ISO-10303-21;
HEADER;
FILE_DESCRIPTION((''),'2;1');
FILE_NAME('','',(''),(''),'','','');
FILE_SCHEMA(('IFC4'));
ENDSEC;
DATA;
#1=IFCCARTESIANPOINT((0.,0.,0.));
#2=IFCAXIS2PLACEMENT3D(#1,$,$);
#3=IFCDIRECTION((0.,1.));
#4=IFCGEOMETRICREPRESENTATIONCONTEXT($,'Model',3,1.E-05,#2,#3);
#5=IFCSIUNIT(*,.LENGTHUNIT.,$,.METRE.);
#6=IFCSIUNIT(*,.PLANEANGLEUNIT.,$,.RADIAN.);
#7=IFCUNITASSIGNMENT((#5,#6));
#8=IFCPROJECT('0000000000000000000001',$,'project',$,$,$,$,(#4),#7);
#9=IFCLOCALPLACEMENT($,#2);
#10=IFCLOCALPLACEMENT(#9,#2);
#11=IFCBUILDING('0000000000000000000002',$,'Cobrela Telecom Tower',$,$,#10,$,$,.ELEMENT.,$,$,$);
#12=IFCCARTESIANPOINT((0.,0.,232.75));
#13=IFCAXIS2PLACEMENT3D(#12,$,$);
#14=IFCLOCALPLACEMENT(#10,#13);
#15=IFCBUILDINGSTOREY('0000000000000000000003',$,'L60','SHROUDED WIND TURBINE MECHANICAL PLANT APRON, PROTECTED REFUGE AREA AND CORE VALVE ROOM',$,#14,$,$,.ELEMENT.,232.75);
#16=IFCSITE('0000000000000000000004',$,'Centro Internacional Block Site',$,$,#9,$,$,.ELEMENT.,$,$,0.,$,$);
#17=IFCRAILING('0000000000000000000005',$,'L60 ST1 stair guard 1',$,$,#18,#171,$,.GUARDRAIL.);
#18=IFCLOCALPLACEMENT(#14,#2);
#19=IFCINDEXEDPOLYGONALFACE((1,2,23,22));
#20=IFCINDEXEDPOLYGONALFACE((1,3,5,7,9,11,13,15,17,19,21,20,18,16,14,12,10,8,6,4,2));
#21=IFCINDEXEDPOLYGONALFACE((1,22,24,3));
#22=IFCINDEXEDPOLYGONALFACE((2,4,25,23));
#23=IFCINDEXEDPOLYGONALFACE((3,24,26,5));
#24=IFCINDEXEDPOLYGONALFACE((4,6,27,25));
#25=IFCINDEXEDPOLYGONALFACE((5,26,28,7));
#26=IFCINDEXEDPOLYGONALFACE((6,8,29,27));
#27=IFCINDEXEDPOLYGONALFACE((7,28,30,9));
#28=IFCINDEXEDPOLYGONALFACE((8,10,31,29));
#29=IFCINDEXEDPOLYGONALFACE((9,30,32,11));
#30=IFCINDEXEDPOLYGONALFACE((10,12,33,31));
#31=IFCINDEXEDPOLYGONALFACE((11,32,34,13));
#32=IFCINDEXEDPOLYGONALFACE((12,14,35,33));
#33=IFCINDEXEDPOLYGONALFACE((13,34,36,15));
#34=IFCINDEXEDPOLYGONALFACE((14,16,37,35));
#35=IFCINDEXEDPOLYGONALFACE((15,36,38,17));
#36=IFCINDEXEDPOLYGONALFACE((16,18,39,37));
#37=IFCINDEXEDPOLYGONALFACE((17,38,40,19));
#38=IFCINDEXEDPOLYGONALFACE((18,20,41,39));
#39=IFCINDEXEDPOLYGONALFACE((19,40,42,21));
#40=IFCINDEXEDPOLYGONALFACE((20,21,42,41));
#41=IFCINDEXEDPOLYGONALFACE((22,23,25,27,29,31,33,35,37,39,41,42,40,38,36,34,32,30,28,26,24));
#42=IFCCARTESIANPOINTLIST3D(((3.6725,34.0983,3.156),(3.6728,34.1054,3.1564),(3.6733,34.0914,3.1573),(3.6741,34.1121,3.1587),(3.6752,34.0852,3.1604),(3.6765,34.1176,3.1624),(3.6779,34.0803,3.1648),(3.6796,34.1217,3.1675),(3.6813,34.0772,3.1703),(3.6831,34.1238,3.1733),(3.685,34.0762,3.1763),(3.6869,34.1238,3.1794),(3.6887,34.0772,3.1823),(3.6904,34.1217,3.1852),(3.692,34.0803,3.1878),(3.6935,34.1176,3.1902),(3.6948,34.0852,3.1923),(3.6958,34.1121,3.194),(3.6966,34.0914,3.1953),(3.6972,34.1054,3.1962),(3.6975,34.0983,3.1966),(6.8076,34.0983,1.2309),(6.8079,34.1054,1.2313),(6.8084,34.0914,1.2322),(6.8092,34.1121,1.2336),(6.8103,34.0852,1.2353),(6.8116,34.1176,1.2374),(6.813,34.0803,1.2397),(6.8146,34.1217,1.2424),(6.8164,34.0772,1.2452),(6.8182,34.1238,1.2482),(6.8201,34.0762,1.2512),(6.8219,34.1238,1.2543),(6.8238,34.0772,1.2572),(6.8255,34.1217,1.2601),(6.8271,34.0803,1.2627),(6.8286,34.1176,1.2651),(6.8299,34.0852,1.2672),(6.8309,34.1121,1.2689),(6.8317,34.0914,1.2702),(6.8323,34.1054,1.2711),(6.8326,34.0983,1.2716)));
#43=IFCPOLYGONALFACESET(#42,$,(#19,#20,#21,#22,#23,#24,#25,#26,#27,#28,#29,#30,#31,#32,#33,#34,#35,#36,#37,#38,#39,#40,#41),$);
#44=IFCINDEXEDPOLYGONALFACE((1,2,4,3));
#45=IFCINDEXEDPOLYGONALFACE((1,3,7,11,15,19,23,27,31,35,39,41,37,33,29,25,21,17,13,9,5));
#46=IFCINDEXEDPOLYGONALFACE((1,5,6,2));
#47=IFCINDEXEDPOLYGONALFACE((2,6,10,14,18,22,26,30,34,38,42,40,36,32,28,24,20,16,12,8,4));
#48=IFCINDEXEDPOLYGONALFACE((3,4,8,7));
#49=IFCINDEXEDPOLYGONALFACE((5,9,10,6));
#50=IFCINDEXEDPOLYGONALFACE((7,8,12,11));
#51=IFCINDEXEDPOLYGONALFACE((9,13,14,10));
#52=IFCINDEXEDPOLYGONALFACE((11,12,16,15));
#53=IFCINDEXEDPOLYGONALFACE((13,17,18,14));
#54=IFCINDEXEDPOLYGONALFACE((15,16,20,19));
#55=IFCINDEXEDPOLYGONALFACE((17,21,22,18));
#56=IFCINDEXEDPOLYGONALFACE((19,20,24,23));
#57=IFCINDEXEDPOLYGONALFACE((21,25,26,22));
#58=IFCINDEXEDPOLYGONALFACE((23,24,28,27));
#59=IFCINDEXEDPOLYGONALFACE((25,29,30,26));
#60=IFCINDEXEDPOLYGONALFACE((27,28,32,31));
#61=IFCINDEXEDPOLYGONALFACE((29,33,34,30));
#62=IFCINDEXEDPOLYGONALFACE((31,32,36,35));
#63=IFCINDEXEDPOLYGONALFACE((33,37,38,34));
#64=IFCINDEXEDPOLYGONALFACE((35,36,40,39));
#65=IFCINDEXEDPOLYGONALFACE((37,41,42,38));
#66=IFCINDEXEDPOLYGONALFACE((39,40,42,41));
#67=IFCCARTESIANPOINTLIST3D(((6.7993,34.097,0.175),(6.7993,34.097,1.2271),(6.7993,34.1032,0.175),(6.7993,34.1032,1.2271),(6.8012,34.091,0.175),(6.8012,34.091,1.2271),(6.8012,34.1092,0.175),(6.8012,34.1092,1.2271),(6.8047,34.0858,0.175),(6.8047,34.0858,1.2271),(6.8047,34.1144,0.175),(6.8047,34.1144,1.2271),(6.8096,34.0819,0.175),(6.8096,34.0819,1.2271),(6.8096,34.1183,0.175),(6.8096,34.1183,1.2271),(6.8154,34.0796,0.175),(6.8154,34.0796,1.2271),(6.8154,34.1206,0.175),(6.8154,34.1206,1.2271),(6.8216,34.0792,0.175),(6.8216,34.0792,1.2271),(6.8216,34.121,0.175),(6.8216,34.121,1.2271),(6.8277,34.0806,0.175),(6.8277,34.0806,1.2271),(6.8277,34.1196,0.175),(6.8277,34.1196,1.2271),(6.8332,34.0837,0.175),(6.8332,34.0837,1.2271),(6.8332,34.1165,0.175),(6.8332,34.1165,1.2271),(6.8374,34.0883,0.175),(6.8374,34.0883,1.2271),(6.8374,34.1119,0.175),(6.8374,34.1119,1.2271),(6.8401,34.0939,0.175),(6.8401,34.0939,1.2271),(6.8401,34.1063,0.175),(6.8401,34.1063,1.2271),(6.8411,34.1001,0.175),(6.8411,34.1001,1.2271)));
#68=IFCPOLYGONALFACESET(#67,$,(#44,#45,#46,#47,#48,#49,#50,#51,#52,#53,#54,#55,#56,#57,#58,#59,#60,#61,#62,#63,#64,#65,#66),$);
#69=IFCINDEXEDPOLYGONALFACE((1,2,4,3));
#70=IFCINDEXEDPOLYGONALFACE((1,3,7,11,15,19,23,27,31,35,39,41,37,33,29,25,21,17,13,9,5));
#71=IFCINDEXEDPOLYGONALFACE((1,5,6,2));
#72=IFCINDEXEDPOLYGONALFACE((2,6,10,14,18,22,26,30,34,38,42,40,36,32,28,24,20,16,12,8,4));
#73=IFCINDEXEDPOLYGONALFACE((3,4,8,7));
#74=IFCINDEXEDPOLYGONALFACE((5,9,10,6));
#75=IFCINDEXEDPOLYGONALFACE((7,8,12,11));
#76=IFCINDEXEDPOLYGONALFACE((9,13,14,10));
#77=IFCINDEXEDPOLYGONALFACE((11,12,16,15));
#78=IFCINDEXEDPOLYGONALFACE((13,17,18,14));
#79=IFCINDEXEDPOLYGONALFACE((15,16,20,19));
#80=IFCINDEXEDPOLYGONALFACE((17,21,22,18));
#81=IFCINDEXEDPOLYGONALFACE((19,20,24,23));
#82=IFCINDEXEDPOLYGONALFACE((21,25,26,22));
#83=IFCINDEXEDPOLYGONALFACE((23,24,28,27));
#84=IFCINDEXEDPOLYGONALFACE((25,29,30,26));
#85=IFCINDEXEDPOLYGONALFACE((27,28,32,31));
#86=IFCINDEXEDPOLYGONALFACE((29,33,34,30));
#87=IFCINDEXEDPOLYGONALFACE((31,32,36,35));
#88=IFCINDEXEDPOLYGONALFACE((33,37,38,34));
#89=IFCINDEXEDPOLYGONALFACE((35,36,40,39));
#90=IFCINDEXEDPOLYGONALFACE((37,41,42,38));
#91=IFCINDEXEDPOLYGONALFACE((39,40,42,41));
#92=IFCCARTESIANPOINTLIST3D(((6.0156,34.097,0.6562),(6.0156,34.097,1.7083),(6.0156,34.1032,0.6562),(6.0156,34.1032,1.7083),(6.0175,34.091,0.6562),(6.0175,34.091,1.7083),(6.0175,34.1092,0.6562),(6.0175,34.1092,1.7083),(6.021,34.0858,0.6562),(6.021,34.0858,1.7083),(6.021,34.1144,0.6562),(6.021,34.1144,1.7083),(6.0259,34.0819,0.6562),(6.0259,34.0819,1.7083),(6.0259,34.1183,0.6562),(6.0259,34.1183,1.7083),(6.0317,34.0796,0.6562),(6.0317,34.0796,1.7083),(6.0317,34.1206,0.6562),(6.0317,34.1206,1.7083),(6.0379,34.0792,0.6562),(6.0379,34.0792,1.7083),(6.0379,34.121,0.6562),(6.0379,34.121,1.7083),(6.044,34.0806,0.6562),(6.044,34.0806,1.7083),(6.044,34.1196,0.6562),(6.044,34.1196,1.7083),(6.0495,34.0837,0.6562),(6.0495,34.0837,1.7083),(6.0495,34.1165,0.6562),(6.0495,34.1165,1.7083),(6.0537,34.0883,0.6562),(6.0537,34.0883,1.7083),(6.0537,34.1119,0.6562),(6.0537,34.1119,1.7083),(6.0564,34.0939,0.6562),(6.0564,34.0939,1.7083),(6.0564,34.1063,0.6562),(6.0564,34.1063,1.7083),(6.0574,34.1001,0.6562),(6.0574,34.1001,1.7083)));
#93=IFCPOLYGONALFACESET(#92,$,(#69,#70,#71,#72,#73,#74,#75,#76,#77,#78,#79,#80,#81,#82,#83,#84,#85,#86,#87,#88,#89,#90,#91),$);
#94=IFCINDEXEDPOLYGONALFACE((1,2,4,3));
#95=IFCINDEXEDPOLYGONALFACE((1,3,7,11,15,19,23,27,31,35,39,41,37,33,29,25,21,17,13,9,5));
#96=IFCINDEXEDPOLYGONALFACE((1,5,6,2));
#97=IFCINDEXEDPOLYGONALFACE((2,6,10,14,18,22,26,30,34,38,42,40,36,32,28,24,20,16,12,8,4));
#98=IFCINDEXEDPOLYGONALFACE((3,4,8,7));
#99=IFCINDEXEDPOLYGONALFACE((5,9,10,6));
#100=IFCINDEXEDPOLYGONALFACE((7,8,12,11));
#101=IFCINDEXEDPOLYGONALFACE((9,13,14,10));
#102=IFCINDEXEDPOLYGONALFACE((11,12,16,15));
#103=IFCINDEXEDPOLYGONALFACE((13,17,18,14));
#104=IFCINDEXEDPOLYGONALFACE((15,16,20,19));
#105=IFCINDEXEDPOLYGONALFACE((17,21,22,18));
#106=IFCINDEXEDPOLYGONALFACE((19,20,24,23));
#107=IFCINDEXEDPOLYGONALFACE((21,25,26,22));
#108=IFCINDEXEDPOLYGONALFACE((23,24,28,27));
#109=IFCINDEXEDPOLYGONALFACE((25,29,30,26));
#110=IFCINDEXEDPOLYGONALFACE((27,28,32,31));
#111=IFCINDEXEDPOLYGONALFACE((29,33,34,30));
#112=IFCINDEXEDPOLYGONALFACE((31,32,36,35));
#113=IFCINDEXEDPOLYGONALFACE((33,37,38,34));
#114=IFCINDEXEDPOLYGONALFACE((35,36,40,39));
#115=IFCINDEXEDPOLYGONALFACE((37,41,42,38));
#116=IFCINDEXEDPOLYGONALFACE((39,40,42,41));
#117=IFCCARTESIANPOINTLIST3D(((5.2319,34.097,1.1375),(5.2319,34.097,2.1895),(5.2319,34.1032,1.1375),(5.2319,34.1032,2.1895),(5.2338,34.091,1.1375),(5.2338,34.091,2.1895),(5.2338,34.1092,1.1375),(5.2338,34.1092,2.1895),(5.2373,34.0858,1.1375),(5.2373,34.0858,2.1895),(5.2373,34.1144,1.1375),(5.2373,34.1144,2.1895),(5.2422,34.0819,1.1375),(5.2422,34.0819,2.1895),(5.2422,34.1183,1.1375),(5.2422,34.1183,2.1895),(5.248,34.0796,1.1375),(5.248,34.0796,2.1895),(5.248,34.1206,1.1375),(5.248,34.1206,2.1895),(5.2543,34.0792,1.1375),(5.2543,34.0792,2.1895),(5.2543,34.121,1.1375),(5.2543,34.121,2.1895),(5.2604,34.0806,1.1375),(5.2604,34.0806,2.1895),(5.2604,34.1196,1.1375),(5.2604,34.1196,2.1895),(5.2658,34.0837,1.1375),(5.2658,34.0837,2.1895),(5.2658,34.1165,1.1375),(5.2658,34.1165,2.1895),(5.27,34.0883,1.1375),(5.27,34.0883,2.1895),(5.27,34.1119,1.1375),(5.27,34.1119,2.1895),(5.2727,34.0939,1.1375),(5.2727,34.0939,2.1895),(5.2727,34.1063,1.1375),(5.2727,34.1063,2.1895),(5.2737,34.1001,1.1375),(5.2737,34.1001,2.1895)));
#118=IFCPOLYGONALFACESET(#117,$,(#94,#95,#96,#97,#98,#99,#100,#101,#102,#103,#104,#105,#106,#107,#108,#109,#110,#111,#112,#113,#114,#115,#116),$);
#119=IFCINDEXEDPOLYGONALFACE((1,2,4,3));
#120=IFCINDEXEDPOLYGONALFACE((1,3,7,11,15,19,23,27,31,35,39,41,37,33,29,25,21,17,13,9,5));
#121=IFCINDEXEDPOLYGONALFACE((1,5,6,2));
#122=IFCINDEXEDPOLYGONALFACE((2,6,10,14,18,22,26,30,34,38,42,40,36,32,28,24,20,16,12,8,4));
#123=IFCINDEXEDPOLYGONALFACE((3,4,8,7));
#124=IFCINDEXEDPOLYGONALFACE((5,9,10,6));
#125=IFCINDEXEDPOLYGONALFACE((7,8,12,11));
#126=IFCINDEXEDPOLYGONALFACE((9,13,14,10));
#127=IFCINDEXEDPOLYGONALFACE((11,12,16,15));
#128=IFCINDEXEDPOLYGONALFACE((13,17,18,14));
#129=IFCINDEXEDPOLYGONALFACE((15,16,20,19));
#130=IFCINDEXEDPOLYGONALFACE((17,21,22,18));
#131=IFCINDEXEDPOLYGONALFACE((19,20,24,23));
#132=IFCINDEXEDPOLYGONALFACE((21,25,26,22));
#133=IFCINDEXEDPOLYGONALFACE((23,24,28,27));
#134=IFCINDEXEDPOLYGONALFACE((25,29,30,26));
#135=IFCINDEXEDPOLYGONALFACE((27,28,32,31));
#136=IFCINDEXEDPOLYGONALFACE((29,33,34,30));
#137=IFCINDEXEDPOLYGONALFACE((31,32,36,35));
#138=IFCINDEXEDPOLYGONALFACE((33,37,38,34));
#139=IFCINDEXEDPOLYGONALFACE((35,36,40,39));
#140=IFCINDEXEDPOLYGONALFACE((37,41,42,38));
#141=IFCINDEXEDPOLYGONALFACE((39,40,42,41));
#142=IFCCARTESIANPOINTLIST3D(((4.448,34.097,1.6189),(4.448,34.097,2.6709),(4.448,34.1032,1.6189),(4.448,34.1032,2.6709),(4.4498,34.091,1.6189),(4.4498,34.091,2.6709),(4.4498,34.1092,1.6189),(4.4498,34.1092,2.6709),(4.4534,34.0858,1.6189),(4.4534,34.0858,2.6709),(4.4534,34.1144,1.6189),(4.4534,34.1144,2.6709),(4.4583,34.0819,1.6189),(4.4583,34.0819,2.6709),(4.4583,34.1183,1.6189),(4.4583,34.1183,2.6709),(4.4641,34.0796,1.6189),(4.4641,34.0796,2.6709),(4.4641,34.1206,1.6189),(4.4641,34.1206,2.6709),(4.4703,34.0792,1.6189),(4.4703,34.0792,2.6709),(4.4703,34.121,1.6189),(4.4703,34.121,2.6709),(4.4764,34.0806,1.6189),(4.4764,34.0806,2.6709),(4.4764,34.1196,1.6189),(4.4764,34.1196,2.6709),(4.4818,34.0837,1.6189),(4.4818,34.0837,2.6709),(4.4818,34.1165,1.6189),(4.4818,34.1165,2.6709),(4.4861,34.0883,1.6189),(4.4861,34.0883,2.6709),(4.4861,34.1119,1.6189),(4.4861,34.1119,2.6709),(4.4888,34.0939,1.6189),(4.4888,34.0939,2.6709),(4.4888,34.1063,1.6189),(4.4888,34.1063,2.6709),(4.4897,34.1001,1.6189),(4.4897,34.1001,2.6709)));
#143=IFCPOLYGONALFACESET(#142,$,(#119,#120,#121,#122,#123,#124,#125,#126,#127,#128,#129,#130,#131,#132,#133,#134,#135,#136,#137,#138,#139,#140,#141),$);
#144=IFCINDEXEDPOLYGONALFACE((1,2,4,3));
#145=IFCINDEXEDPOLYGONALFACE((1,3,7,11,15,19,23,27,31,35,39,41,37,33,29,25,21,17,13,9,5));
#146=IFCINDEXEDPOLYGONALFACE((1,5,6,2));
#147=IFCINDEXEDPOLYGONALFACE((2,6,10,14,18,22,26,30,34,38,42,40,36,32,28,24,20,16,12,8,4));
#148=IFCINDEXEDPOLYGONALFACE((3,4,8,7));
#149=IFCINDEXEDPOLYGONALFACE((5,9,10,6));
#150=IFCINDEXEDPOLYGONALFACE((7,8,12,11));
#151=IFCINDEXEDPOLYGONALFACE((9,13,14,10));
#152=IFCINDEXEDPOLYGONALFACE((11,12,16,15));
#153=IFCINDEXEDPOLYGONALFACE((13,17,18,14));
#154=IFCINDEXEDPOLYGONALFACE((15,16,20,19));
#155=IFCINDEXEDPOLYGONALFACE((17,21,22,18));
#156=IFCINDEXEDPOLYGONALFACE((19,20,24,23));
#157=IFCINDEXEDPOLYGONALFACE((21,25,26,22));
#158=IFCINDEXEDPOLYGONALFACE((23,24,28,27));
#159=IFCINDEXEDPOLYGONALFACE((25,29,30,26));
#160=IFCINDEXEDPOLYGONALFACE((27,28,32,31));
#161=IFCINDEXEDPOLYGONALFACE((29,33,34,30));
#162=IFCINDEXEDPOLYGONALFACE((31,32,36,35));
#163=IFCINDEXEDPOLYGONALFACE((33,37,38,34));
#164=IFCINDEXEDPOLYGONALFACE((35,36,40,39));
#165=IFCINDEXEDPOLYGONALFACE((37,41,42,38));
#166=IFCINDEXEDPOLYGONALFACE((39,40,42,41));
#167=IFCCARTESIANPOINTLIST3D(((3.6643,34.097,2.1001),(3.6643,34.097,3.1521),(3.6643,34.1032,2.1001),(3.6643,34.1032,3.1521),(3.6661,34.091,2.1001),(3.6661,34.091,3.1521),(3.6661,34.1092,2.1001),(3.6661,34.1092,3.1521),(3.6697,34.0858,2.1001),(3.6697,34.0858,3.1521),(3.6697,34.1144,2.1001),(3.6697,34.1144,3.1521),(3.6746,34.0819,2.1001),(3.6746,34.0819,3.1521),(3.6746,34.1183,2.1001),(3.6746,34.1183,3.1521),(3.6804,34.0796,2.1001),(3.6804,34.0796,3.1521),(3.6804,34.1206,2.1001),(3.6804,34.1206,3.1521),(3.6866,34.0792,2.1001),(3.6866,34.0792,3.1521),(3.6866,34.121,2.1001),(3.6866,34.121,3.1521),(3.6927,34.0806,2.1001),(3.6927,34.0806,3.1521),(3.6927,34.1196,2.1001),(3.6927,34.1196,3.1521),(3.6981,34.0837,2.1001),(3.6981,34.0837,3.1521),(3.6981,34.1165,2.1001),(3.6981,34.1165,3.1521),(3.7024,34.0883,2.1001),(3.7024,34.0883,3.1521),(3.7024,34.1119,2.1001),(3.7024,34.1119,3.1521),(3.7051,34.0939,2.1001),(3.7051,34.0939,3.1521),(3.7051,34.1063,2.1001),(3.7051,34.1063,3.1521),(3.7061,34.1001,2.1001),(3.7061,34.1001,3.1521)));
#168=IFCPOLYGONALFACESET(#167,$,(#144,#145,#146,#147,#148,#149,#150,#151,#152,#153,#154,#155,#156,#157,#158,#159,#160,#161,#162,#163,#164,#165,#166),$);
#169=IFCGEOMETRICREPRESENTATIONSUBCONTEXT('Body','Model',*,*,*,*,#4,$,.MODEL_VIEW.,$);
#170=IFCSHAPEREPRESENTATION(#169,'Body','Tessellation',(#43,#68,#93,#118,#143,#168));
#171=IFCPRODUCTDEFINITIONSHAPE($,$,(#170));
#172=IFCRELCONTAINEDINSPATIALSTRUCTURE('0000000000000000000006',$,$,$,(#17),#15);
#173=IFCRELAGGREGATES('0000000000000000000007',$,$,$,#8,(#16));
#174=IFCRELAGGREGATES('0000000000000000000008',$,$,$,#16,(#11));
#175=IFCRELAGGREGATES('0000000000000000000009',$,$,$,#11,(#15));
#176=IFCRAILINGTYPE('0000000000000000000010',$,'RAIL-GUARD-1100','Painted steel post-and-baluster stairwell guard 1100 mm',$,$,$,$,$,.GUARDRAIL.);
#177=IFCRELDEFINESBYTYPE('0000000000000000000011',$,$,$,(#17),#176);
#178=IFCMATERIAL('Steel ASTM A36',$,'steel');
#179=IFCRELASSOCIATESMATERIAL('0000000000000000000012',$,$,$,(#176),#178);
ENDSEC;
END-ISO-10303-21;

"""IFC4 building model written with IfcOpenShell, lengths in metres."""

from ifc_helpers import new_model, si_unit, direction, frame, origin, origin_2d, place, context, subcontext, project, spatial, circle, extrude, material, type_object, element, save


model = new_model("IFC4")

# Units and contexts
model_context = context("Model", 3, precision=1e-05, world=origin(), true_north=direction((0.0, 1.0)))
body_context = subcontext(model_context, "Body", "Model", "MODEL_VIEW")
ifc_project = project(units=[si_unit("LENGTHUNIT", "METRE"), si_unit("PLANEANGLEUNIT", "RADIAN")], contexts=[model_context])

# Site, building, storey
site_placement = place(None, origin())
site = spatial("IfcSite", under=ifc_project, at=site_placement, Name="Centro Internacional Block Site", CompositionType="ELEMENT", RefElevation=0.0)
building_placement = place(site_placement, origin())
building = spatial("IfcBuilding", under=site, at=building_placement, Name="Cobrela Telecom Tower", CompositionType="ELEMENT")
storey_placement = place(building_placement, frame((0.0, 0.0, 232.75)))
storey = spatial("IfcBuildingStorey", under=building, at=storey_placement, Name="L60", Description="SHROUDED WIND TURBINE MECHANICAL PLANT APRON, PROTECTED REFUGE AREA AND CORE VALVE ROOM", CompositionType="ELEMENT", Elevation=232.75)

# Shared definitions
ifc_material_1 = material(Name="Steel ASTM A36", Category="steel")

# Railing
railing_type_1 = type_object("IfcRailingType", Name="RAIL-GUARD-1100", Description="Painted steel post-and-baluster stairwell guard 1100 mm", PredefinedType="GUARDRAIL", material=ifc_material_1)
railing_1_placement = place(storey_placement, frame((6.8201, 34.1001, 0.175)))
element("IfcRailing", 1, at=railing_1_placement, inside=storey, type_object=railing_type_1, Name="L60 ST1 stair guard 1", PredefinedType="GUARDRAIL", context=body_context, shape_type="SweptSolid", body=[
    extrude(circle(Radius=0.0239, at=origin_2d()), frame((0.0, 0.0, 1.0762), z_axis=(-0.852166, 0.0, 0.523271), x_axis=(0.0, -1.0, 0.0)), (0.0, 0.0, 1.0), 3.679),
    extrude(circle(Radius=0.021, at=origin_2d()), origin(), (0.0, 0.0, 1.0), 1.052),
    extrude(circle(Radius=0.021, at=origin_2d()), frame((-0.7837, 0.0, 0.4812)), (0.0, 0.0, 1.0), 1.052),
    extrude(circle(Radius=0.021, at=origin_2d()), frame((-1.5674, 0.0, 0.9624)), (0.0, 0.0, 1.0), 1.052),
    extrude(circle(Radius=0.021, at=origin_2d()), frame((-2.3513, 0.0, 1.4438)), (0.0, 0.0, 1.0), 1.052),
    extrude(circle(Radius=0.021, at=origin_2d()), frame((-3.135, 0.0, 1.925)), (0.0, 0.0, 1.0), 1.052),
])

save(model, "model.ifc")
